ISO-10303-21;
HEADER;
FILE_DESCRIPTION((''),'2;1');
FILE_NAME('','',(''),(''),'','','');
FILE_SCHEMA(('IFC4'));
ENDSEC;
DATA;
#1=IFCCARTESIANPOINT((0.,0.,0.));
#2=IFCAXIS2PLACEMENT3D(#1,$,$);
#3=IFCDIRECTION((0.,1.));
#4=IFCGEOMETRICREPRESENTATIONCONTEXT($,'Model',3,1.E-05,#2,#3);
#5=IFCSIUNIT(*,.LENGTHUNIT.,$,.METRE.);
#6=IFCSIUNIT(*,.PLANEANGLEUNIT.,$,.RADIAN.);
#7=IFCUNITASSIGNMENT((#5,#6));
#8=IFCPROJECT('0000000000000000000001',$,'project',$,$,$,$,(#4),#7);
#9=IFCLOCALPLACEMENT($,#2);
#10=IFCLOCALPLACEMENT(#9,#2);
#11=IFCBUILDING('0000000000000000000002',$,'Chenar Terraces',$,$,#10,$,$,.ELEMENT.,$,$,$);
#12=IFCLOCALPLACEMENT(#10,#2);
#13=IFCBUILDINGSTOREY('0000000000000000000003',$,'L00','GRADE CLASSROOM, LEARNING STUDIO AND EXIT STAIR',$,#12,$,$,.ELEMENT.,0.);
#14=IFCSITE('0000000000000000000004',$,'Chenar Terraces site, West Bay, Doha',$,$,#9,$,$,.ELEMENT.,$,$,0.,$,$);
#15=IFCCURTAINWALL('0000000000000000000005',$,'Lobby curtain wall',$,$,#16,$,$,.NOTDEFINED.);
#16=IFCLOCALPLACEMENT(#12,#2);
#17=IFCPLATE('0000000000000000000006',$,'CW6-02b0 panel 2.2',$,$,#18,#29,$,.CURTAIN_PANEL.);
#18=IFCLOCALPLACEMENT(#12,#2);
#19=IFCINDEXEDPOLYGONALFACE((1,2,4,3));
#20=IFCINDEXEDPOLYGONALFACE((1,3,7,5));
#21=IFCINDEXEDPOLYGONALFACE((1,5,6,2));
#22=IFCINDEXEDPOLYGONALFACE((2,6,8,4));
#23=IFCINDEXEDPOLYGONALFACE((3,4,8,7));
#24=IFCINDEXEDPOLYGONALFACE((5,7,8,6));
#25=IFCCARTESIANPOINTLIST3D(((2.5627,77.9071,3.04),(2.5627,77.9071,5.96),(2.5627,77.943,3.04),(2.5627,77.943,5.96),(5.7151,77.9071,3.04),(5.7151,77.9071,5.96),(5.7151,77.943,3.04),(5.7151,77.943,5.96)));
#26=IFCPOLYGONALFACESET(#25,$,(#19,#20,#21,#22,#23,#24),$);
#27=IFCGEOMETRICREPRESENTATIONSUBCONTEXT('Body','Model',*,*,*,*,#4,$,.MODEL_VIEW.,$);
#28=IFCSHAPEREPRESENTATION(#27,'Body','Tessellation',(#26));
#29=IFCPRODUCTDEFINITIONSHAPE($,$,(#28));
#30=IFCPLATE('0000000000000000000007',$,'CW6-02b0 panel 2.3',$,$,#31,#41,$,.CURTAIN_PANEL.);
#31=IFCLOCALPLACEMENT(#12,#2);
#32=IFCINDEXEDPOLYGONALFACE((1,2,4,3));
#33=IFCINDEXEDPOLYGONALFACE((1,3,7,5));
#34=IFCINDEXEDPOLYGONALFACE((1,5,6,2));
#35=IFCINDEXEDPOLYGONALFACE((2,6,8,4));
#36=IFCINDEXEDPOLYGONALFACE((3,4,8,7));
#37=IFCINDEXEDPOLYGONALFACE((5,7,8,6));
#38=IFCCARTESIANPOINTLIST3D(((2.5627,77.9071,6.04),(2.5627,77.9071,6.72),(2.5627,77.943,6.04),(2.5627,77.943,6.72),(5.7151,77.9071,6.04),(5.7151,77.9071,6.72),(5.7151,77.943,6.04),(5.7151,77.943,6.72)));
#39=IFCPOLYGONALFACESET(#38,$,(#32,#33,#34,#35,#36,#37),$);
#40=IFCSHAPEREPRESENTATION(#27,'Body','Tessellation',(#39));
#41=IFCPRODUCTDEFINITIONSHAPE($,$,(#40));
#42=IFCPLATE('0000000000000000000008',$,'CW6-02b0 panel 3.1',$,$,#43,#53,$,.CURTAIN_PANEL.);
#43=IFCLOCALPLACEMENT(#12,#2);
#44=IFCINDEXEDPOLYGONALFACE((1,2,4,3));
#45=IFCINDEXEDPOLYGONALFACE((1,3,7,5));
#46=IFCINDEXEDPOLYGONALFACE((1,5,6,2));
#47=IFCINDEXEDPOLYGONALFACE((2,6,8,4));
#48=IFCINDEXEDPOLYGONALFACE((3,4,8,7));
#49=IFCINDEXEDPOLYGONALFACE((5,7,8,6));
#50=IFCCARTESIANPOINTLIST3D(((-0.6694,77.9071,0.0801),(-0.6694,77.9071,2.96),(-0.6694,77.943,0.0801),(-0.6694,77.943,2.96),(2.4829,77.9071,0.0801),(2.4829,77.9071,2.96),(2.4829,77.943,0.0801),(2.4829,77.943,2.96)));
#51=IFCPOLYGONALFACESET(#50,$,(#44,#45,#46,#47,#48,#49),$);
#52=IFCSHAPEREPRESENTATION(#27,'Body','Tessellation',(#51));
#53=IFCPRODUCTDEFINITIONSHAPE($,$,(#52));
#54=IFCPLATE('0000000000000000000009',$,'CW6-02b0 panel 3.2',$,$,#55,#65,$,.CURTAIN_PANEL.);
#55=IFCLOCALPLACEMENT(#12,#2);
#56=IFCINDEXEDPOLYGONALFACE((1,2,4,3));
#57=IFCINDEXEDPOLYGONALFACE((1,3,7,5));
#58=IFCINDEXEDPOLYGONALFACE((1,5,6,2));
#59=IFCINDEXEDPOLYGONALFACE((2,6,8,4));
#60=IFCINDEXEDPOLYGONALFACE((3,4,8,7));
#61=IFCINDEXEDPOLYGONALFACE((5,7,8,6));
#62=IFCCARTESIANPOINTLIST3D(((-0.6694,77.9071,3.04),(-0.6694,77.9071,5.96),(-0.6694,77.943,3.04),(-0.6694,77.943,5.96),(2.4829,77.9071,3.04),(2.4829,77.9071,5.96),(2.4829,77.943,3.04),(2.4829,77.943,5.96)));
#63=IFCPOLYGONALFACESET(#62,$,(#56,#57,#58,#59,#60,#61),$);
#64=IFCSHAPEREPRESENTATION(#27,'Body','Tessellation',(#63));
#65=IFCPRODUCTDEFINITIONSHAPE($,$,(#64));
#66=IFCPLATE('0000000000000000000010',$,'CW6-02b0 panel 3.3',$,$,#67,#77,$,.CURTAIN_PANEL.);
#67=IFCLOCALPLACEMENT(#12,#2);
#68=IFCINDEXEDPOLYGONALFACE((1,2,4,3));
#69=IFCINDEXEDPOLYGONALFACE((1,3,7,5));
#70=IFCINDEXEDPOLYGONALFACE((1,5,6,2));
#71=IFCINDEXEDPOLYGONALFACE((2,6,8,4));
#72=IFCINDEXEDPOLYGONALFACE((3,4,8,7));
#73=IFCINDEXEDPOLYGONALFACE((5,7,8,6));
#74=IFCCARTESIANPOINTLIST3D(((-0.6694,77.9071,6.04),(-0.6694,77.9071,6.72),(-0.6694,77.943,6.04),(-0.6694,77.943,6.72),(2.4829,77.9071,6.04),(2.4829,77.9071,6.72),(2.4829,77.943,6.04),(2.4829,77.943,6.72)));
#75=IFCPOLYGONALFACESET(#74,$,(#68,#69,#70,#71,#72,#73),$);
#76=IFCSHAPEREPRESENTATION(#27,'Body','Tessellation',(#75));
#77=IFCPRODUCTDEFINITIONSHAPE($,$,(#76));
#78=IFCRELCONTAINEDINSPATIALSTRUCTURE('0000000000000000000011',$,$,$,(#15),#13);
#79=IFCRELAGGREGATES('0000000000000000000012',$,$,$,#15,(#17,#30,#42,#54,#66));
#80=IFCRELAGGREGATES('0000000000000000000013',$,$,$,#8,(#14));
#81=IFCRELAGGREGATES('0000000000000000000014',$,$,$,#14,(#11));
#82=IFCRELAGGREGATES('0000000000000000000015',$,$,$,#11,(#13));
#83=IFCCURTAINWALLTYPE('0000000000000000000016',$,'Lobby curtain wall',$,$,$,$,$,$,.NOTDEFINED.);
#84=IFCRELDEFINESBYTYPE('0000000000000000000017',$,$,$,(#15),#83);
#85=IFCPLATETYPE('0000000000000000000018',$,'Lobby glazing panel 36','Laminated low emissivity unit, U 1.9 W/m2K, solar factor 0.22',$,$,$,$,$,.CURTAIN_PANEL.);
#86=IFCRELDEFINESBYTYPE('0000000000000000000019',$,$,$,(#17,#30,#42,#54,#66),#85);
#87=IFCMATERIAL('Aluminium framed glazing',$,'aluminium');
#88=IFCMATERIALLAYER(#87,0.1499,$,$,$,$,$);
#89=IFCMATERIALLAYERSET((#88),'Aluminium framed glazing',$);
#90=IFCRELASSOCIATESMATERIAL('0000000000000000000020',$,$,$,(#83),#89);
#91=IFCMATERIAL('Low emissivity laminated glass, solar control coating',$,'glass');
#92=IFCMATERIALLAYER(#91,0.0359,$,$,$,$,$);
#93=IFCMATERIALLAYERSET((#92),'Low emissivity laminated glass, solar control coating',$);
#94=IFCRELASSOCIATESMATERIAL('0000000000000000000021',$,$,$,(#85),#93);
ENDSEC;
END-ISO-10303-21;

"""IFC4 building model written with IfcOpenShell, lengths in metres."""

from ifc_helpers import new_model, si_unit, direction, frame, origin, origin_2d, place, context, subcontext, project, spatial, rectangle, extrude, material, layer, layer_set, type_object, element, aggregate, save


model = new_model("IFC4")

# Units and contexts
model_context = context("Model", 3, precision=1e-05, world=origin(), true_north=direction((0.0, 1.0)))
body_context = subcontext(model_context, "Body", "Model", "MODEL_VIEW")
ifc_project = project(units=[si_unit("LENGTHUNIT", "METRE"), si_unit("PLANEANGLEUNIT", "RADIAN")], contexts=[model_context])

# Site, building, storey
site_placement = place(None, origin())
site = spatial("IfcSite", under=ifc_project, at=site_placement, Name="Chenar Terraces site, West Bay, Doha", CompositionType="ELEMENT", RefElevation=0.0)
building_placement = place(site_placement, origin())
building = spatial("IfcBuilding", under=site, at=building_placement, Name="Chenar Terraces", CompositionType="ELEMENT")
storey_placement = place(building_placement, origin())
storey = spatial("IfcBuildingStorey", under=building, at=storey_placement, Name="L00", Description="GRADE CLASSROOM, LEARNING STUDIO AND EXIT STAIR", CompositionType="ELEMENT", Elevation=0.0)

# Curtain wall, plates
ifc_material_1 = material(Name="Aluminium framed glazing", Category="aluminium")
ifc_layer_1 = layer(ifc_material_1, 0.1499)
ifc_layer_set_1 = layer_set([ifc_layer_1], Name="Aluminium framed glazing")
curtain_wall_type = type_object("IfcCurtainWallType", Name="Lobby curtain wall", PredefinedType="NOTDEFINED", material=ifc_layer_set_1)
curtain_wall_placement = place(storey_placement, origin())
curtain_wall = element("IfcCurtainWall", 1, at=curtain_wall_placement, inside=storey, type_object=curtain_wall_type, Name="Lobby curtain wall", PredefinedType="NOTDEFINED")
ifc_material_2 = material(Name="Low emissivity laminated glass, solar control coating", Category="glass")
ifc_layer_2 = layer(ifc_material_2, 0.0359)
ifc_layer_set_2 = layer_set([ifc_layer_2], Name="Low emissivity laminated glass, solar control coating")
plate_type = type_object("IfcPlateType", Name="Lobby glazing panel 36", Description="Laminated low emissivity unit, U 1.9 W/m2K, solar factor 0.22", PredefinedType="CURTAIN_PANEL", material=ifc_layer_set_2)
plate_1_placement = place(storey_placement, frame((4.1389, 77.925, 3.04), z_axis=(0.0, 0.0, 1.0), x_axis=(-1.0, 0.0, 0.0)))
plate_1 = element("IfcPlate", 2, at=plate_1_placement, type_object=plate_type, Name="CW6-02b0 panel 2.2", PredefinedType="CURTAIN_PANEL", context=body_context, shape_type="SweptSolid", body=[
    extrude(rectangle(XDim=3.1523, YDim=0.0359, at=origin_2d()), origin(), (0.0, 0.0, 1.0), 2.9199),
])
plate_2_placement = place(storey_placement, frame((4.1389, 77.925, 6.04), z_axis=(0.0, 0.0, 1.0), x_axis=(-1.0, 0.0, 0.0)))
plate_2 = element("IfcPlate", 3, at=plate_2_placement, type_object=plate_type, Name="CW6-02b0 panel 2.3", PredefinedType="CURTAIN_PANEL", context=body_context, shape_type="SweptSolid", body=[
    extrude(rectangle(XDim=3.1523, YDim=0.0359, at=origin_2d()), origin(), (0.0, 0.0, 1.0), 0.6799),
])
plate_3_placement = place(storey_placement, frame((0.9067, 77.925, 0.0801), z_axis=(0.0, 0.0, 1.0), x_axis=(-1.0, 0.0, 0.0)))
plate_3 = element("IfcPlate", 4, at=plate_3_placement, type_object=plate_type, Name="CW6-02b0 panel 3.1", PredefinedType="CURTAIN_PANEL", context=body_context, shape_type="SweptSolid", body=[
    extrude(rectangle(XDim=3.1523, YDim=0.0359, at=origin_2d()), origin(), (0.0, 0.0, 1.0), 2.8799),
])
plate_4_placement = place(storey_placement, frame((0.9067, 77.925, 3.04), z_axis=(0.0, 0.0, 1.0), x_axis=(-1.0, 0.0, 0.0)))
plate_4 = element("IfcPlate", 5, at=plate_4_placement, type_object=plate_type, Name="CW6-02b0 panel 3.2", PredefinedType="CURTAIN_PANEL", context=body_context, shape_type="SweptSolid", body=[
    extrude(rectangle(XDim=3.1523, YDim=0.0359, at=origin_2d()), origin(), (0.0, 0.0, 1.0), 2.9199),
])
plate_5_placement = place(storey_placement, frame((0.9067, 77.925, 6.04), z_axis=(0.0, 0.0, 1.0), x_axis=(-1.0, 0.0, 0.0)))
plate_5 = element("IfcPlate", 6, at=plate_5_placement, type_object=plate_type, Name="CW6-02b0 panel 3.3", PredefinedType="CURTAIN_PANEL", context=body_context, shape_type="SweptSolid", body=[
    extrude(rectangle(XDim=3.1523, YDim=0.0359, at=origin_2d()), origin(), (0.0, 0.0, 1.0), 0.6799),
])
aggregate(curtain_wall, [plate_1, plate_2, plate_3, plate_4, plate_5])

save(model, "model.ifc")
